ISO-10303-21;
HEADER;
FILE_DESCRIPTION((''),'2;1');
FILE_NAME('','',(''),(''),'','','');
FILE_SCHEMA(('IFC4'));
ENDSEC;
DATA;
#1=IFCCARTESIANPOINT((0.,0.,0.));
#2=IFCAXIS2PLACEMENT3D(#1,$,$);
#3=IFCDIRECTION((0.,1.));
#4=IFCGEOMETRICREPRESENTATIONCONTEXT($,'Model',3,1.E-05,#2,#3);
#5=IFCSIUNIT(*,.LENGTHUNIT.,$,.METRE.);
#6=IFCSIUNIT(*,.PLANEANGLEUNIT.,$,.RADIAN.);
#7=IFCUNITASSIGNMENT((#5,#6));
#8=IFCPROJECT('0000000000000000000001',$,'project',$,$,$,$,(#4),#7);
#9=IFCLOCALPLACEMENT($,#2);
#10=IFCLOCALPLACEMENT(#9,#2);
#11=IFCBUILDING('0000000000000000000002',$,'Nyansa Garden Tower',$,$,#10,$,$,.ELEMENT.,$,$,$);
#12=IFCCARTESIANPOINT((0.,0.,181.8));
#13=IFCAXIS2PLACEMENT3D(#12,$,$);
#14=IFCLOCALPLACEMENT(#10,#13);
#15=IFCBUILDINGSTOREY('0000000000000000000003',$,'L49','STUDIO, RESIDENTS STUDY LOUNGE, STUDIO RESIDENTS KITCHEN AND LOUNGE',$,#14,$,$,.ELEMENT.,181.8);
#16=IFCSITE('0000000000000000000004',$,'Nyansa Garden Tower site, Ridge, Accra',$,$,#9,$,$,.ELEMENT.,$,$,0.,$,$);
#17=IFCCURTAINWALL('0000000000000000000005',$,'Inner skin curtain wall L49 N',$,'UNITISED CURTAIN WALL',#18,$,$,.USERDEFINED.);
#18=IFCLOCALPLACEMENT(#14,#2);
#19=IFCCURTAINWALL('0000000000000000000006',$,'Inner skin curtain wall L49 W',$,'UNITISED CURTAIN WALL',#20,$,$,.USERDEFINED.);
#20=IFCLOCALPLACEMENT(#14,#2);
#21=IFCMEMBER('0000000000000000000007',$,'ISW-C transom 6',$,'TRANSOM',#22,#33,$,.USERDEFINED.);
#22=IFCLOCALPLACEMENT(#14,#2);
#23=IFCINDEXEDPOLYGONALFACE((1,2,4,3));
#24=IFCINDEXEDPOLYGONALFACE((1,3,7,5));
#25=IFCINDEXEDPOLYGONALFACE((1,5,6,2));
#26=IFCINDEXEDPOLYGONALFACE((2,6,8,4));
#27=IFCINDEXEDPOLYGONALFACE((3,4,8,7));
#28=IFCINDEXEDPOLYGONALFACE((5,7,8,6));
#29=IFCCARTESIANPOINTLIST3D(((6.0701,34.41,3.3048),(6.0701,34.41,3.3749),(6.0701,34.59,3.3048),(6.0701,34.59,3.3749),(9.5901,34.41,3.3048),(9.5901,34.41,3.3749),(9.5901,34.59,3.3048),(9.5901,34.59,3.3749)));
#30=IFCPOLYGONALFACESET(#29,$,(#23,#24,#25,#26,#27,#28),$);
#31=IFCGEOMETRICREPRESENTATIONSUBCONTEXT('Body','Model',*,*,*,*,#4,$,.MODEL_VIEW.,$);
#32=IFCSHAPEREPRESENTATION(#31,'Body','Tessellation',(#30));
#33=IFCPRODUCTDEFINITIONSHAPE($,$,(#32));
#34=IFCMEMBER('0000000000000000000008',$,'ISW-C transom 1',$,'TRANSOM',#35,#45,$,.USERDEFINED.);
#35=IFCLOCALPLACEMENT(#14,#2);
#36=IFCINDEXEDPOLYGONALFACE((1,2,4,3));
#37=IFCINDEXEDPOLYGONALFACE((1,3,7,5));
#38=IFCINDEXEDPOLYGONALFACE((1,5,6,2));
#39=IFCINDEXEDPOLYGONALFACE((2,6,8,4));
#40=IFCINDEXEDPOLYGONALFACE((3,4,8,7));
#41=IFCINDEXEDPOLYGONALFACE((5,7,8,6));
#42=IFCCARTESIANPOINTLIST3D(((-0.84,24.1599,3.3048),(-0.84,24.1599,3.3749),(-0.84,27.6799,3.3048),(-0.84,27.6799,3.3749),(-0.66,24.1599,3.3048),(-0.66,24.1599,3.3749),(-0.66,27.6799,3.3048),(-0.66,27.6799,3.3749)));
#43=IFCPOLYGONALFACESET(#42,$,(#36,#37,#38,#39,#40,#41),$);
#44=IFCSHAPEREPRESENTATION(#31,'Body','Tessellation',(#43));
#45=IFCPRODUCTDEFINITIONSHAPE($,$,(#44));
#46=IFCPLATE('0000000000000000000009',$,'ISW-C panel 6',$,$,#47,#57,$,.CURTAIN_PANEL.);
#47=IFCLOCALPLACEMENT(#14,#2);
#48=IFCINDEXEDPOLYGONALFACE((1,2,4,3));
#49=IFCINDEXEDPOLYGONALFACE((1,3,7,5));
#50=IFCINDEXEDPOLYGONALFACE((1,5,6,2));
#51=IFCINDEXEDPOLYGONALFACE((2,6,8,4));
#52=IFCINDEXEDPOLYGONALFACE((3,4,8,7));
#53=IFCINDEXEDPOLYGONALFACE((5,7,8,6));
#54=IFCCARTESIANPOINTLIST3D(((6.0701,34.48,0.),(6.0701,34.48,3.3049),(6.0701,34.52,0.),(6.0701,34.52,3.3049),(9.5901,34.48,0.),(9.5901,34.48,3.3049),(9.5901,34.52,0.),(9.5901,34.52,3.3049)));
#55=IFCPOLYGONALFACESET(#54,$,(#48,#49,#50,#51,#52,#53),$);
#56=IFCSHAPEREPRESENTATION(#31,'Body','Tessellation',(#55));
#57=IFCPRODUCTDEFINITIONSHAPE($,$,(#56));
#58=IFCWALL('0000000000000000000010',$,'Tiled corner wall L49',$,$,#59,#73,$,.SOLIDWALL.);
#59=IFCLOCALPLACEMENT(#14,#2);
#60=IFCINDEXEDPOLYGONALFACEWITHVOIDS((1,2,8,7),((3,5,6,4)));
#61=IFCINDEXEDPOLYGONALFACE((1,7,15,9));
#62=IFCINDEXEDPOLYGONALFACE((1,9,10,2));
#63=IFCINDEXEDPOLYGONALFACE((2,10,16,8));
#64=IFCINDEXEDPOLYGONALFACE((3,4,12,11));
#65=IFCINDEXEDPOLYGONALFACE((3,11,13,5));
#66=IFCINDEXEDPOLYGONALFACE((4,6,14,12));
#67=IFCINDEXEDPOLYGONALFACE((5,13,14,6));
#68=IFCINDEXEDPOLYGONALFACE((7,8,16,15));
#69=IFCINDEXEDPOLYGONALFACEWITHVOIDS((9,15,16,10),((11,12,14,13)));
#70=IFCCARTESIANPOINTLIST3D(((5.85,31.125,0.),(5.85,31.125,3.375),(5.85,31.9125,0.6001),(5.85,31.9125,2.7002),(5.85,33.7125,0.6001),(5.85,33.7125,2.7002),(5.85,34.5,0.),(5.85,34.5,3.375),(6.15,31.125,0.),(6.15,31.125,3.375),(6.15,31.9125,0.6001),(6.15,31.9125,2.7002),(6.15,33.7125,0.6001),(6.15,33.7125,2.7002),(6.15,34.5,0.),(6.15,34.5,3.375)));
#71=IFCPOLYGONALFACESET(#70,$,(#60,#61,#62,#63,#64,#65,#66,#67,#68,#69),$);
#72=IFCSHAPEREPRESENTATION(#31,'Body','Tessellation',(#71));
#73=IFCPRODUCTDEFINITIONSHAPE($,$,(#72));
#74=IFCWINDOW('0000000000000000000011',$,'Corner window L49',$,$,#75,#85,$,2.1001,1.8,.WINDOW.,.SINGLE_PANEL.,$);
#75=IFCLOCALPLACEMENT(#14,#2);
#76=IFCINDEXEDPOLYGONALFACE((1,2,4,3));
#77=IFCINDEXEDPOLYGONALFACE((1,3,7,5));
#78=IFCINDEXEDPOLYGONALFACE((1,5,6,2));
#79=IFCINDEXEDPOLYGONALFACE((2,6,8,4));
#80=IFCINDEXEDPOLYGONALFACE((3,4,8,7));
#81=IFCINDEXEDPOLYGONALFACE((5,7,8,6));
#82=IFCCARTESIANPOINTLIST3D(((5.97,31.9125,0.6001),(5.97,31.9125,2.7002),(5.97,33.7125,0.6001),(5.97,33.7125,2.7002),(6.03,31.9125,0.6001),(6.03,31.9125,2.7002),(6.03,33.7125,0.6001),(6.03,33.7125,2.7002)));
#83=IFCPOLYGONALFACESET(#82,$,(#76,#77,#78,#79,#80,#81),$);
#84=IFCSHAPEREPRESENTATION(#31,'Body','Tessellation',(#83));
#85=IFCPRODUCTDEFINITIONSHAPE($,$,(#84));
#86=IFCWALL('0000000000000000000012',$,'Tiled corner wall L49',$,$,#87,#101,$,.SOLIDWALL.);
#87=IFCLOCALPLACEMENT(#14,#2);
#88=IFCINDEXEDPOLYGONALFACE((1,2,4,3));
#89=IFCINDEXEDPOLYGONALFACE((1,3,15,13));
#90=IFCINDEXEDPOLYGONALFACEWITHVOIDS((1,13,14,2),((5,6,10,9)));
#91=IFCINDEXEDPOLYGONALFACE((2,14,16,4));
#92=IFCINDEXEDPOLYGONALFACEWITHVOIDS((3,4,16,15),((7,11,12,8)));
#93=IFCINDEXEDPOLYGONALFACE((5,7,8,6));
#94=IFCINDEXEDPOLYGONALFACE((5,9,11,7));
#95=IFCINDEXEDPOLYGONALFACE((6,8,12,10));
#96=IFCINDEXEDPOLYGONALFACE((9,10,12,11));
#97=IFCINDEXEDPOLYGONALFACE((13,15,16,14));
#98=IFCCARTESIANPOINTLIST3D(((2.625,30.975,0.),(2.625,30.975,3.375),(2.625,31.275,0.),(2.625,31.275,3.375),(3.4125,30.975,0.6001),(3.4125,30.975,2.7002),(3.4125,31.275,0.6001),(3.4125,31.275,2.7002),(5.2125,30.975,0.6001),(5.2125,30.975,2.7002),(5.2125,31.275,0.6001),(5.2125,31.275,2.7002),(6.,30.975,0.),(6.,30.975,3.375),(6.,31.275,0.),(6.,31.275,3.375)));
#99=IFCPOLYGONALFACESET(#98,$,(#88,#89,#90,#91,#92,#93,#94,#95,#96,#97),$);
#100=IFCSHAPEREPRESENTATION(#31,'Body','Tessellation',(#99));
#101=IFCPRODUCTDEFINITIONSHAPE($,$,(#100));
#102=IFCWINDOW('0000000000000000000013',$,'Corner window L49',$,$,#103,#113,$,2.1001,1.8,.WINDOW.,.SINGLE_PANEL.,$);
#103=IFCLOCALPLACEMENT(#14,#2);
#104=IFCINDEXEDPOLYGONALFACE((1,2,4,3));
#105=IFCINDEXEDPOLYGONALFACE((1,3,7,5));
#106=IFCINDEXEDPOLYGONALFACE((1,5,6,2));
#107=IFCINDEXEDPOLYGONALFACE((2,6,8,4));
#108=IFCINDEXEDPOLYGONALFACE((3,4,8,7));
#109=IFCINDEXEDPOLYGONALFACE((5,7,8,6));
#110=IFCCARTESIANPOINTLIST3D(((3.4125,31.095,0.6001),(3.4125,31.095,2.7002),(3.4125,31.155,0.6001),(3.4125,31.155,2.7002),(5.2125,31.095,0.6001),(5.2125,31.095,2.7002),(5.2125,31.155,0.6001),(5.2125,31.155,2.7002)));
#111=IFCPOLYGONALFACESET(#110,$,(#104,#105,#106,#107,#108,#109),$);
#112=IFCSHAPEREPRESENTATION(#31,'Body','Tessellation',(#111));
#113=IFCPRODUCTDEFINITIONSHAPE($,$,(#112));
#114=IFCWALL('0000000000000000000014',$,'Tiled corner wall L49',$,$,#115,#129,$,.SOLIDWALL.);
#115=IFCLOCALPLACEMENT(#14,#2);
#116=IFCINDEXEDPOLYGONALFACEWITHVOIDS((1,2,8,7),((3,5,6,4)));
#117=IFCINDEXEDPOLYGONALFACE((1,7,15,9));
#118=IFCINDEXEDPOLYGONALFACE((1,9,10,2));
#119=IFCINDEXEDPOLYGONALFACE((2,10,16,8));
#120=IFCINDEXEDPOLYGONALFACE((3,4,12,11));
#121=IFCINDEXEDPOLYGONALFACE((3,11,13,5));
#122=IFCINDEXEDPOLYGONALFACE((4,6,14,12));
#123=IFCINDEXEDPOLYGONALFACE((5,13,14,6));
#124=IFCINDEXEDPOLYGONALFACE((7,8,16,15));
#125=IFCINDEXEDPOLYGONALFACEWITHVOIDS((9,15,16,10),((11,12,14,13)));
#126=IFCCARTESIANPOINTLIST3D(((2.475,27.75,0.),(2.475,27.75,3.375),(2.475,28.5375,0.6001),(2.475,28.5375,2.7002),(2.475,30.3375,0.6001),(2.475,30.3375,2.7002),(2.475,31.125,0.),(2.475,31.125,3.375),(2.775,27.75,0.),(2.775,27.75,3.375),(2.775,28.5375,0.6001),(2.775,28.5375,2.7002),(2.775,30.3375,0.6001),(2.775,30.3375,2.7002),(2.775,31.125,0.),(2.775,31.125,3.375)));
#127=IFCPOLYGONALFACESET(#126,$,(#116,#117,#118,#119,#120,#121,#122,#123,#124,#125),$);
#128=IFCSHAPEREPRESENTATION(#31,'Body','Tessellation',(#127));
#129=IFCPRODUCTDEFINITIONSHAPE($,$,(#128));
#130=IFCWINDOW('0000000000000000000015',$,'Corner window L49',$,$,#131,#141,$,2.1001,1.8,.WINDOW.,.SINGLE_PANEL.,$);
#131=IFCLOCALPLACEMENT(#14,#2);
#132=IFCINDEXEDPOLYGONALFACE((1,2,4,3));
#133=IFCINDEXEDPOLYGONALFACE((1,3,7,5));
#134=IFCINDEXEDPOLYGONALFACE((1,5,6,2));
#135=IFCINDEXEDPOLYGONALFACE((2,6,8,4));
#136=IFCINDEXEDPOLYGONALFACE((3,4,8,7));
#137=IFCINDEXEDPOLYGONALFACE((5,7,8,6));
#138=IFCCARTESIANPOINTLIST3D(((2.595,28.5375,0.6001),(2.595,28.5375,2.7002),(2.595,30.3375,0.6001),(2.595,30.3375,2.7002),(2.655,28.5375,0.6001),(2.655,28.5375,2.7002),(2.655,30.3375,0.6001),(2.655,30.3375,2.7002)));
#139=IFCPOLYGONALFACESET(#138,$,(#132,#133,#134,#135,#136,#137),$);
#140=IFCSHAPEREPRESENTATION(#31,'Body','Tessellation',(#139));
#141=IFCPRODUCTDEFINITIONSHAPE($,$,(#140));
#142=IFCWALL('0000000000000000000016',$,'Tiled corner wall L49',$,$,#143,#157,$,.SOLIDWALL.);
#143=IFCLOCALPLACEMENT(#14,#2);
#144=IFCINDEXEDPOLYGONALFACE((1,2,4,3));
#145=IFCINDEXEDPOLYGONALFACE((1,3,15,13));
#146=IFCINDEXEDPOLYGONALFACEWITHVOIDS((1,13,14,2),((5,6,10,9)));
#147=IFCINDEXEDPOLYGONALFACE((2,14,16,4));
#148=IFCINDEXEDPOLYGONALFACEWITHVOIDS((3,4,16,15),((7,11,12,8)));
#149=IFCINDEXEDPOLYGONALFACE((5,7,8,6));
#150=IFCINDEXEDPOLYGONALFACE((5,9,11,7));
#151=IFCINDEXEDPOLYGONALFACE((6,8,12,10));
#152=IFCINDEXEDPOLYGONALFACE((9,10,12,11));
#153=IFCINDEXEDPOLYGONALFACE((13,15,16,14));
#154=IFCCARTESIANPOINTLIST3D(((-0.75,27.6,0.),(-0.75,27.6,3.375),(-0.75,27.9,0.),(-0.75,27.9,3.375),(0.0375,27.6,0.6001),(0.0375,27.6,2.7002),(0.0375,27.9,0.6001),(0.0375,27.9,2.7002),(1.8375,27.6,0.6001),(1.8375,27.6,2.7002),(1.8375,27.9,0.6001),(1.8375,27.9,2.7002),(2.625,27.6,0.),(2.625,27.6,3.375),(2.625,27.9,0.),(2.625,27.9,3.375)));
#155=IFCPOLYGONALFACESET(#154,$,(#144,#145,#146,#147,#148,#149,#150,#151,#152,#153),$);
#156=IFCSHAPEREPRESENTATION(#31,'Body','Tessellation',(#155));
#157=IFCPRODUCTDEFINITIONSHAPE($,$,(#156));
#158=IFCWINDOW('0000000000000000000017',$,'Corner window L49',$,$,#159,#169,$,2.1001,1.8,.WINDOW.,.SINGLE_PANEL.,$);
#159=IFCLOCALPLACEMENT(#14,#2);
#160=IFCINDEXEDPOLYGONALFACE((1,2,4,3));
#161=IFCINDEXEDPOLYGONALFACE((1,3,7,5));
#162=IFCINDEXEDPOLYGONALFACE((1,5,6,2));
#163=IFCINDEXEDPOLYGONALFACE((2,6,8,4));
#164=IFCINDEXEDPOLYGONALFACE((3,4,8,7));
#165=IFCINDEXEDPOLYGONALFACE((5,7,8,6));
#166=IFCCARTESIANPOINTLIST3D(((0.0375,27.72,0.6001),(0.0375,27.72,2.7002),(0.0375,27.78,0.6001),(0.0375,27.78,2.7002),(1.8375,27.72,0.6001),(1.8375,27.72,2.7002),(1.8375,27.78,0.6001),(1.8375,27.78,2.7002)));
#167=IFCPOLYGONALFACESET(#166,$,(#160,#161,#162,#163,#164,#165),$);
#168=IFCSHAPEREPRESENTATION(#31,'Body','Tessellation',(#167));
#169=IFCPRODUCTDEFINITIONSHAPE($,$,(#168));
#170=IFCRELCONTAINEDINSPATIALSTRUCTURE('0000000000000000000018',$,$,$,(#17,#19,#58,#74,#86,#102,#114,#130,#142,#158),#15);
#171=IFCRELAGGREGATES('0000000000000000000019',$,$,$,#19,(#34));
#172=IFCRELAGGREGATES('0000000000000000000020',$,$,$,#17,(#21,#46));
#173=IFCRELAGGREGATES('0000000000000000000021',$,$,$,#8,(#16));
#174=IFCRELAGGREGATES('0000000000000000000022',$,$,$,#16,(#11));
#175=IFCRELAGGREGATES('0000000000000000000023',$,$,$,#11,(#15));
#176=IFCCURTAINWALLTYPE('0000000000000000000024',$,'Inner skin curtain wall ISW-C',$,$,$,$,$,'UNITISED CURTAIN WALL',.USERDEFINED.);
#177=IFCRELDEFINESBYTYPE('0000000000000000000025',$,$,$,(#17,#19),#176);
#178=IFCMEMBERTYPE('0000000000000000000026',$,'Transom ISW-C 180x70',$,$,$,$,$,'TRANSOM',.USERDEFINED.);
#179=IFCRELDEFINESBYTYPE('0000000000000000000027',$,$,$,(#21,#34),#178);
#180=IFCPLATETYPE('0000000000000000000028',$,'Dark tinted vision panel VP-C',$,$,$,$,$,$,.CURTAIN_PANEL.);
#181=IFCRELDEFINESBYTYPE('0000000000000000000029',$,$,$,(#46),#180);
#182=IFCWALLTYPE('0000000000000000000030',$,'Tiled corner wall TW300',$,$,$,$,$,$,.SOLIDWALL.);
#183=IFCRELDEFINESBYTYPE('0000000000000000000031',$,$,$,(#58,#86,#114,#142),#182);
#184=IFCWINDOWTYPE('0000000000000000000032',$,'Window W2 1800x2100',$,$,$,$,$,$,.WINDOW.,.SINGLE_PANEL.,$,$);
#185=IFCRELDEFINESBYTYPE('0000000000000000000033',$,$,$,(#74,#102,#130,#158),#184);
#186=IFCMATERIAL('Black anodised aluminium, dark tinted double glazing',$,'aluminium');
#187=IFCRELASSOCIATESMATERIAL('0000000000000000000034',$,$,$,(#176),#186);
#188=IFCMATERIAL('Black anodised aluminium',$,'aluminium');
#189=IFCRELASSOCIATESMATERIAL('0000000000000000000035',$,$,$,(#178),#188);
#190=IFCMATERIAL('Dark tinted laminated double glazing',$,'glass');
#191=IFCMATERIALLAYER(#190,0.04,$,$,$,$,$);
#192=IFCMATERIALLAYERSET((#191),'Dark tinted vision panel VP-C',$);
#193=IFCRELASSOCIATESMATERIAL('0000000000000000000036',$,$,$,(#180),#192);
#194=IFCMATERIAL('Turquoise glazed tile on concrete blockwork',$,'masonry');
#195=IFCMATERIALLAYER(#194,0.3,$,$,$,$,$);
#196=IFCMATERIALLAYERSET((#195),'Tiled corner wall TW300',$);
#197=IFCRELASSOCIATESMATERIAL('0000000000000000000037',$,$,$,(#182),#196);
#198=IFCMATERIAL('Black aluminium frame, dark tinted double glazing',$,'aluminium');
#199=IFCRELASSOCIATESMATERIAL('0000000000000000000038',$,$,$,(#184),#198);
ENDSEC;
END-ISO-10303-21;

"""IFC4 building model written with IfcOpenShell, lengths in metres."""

from ifc_helpers import new_model, si_unit, direction, frame, frame_2d, origin, origin_2d, place, context, subcontext, project, spatial, rectangle, extrude, material, layer, layer_set, material_profile, profile_set, type_object, element, fill, aggregate, save


model = new_model("IFC4")

# Units and contexts
model_context = context("Model", 3, precision=1e-05, world=origin(), true_north=direction((0.0, 1.0)))
body_context = subcontext(model_context, "Body", "Model", "MODEL_VIEW")
ifc_project = project(units=[si_unit("LENGTHUNIT", "METRE"), si_unit("PLANEANGLEUNIT", "RADIAN")], contexts=[model_context])

# Site, building, storey
site_placement = place(None, origin())
site = spatial("IfcSite", under=ifc_project, at=site_placement, Name="Nyansa Garden Tower site, Ridge, Accra", CompositionType="ELEMENT", RefElevation=0.0)
building_placement = place(site_placement, origin())
building = spatial("IfcBuilding", under=site, at=building_placement, Name="Nyansa Garden Tower", CompositionType="ELEMENT")
storey_placement = place(building_placement, frame((0.0, 0.0, 181.8)))
storey = spatial("IfcBuildingStorey", under=building, at=storey_placement, Name="L49", Description="STUDIO, RESIDENTS STUDY LOUNGE, STUDIO RESIDENTS KITCHEN AND LOUNGE", CompositionType="ELEMENT", Elevation=181.8)

# Curtain wall
ifc_material_1 = material(Name="Black anodised aluminium, dark tinted double glazing", Category="aluminium")
curtain_wall_type = type_object("IfcCurtainWallType", Name="Inner skin curtain wall ISW-C", ElementType="UNITISED CURTAIN WALL", PredefinedType="USERDEFINED", material=ifc_material_1)
curtain_wall_1_placement = place(storey_placement, origin())
curtain_wall_1 = element("IfcCurtainWall", 1, at=curtain_wall_1_placement, inside=storey, type_object=curtain_wall_type, Name="Inner skin curtain wall L49 N", ObjectType="UNITISED CURTAIN WALL", PredefinedType="USERDEFINED")

# Curtain wall
curtain_wall_2_placement = place(storey_placement, origin())
curtain_wall_2 = element("IfcCurtainWall", 2, at=curtain_wall_2_placement, inside=storey, type_object=curtain_wall_type, Name="Inner skin curtain wall L49 W", ObjectType="UNITISED CURTAIN WALL", PredefinedType="USERDEFINED")

# Members
ifc_material_2 = material(Name="Black anodised aluminium", Category="aluminium")
ifc_material_profile_1 = material_profile(ifc_material_2, rectangle(XDim=0.1799, YDim=0.0701, at=origin_2d()), Name="Transom 180x70")
ifc_profile_set_1 = profile_set([ifc_material_profile_1], Name="Black anodised aluminium")
member_type_1 = type_object("IfcMemberType", Name="Transom ISW-C 180x70", ElementType="TRANSOM", PredefinedType="USERDEFINED", material=ifc_profile_set_1)
member_1_placement = place(storey_placement, frame((9.5901, 34.5, 3.3398), z_axis=(-1.0, 0.0, 0.0), x_axis=(0.0, -1.0, 0.0)))
member_1 = element("IfcMember", 3, at=member_1_placement, type_object=member_type_1, Name="ISW-C transom 6", ObjectType="TRANSOM", PredefinedType="USERDEFINED", context=body_context, shape_type="SweptSolid", body=[
    extrude(rectangle(XDim=0.1799, YDim=0.0701, at=origin_2d()), origin(), (0.0, 0.0, 1.0), 3.52),
])
member_2_placement = place(storey_placement, frame((-0.75, 27.6799, 3.3398), z_axis=(0.0, -1.0, 0.0), x_axis=(1.0, 0.0, 0.0)))
member_2 = element("IfcMember", 4, at=member_2_placement, type_object=member_type_1, Name="ISW-C transom 1", ObjectType="TRANSOM", PredefinedType="USERDEFINED", context=body_context, shape_type="SweptSolid", body=[
    extrude(rectangle(XDim=0.1799, YDim=0.0701, at=origin_2d()), origin(), (0.0, 0.0, 1.0), 3.52),
])
aggregate(curtain_wall_2, [member_2])

# Plate
ifc_material_3 = material(Name="Dark tinted laminated double glazing", Category="glass")
ifc_layer_1 = layer(ifc_material_3, 0.04)
ifc_layer_set_1 = layer_set([ifc_layer_1], Name="Dark tinted vision panel VP-C")
plate_type = type_object("IfcPlateType", Name="Dark tinted vision panel VP-C", PredefinedType="CURTAIN_PANEL", material=ifc_layer_set_1)
plate_placement = place(storey_placement, frame((7.8301, 34.5, 0.0), z_axis=(0.0, 0.0, 1.0), x_axis=(-1.0, 0.0, 0.0)))
plate = element("IfcPlate", 5, at=plate_placement, type_object=plate_type, Name="ISW-C panel 6", PredefinedType="CURTAIN_PANEL", context=body_context, shape_type="SweptSolid", body=[
    extrude(rectangle(XDim=3.52, YDim=0.04, at=origin_2d()), origin(), (0.0, 0.0, 1.0), 3.3049),
])
aggregate(curtain_wall_1, [member_1, plate])

# Walls, openings, windows
ifc_material_4 = material(Name="Turquoise glazed tile on concrete blockwork", Category="masonry")
ifc_layer_2 = layer(ifc_material_4, 0.3)
ifc_layer_set_2 = layer_set([ifc_layer_2], Name="Tiled corner wall TW300")
wall_type_1 = type_object("IfcWallType", Name="Tiled corner wall TW300", PredefinedType="SOLIDWALL", material=ifc_layer_set_2)
wall_1_placement = place(storey_placement, frame((6.0, 34.5, 0.0), z_axis=(0.0, 0.0, 1.0), x_axis=(0.0, -1.0, 0.0)))
wall_1 = element("IfcWall", 6, at=wall_1_placement, inside=storey, type_object=wall_type_1, Name="Tiled corner wall L49", PredefinedType="SOLIDWALL", context=body_context, shape_type="SweptSolid", body=[
    extrude(rectangle(XDim=3.375, YDim=0.3, at=frame_2d((1.6875, 0.0))), origin(), (0.0, 0.0, 1.0), 3.375),
])
opening_1_placement = place(wall_1_placement, frame((0.7876, 0.0, 0.6001)))
opening_1 = element("IfcOpeningElement", 7, at=opening_1_placement, cuts=wall_1, PredefinedType="OPENING", context=body_context, shape_type="SweptSolid", body=[
    extrude(rectangle(XDim=1.8, YDim=2.1001, at=frame_2d((0.8999, 1.05))), frame((0.0, 0.1599, 0.0), z_axis=(0.0, -1.0, 0.0), x_axis=(1.0, 0.0, 0.0)), (0.0, 0.0, 1.0), 0.3201),
])
ifc_material_5 = material(Name="Black aluminium frame, dark tinted double glazing", Category="aluminium")
window_type = type_object("IfcWindowType", Name="Window W2 1800x2100", PartitioningType="SINGLE_PANEL", PredefinedType="WINDOW", material=ifc_material_5)
window_1_placement = place(opening_1_placement, origin())
window_1 = element("IfcWindow", 8, at=window_1_placement, inside=storey, type_object=window_type, Name="Corner window L49", OverallHeight=2.1001, OverallWidth=1.8, PartitioningType="SINGLE_PANEL", PredefinedType="WINDOW", context=body_context, shape_type="SweptSolid", body=[
    extrude(rectangle(XDim=1.8, YDim=2.1001, at=frame_2d((0.8999, 1.05))), frame((0.0, 0.03, 0.0), z_axis=(0.0, -1.0, 0.0), x_axis=(1.0, 0.0, 0.0)), (0.0, 0.0, 1.0), 0.0601),
])
fill(opening_1, window_1)
wall_2_placement = place(storey_placement, frame((6.0, 31.125, 0.0), z_axis=(0.0, 0.0, 1.0), x_axis=(-1.0, 0.0, 0.0)))
wall_2 = element("IfcWall", 9, at=wall_2_placement, inside=storey, type_object=wall_type_1, Name="Tiled corner wall L49", PredefinedType="SOLIDWALL", context=body_context, shape_type="SweptSolid", body=[
    extrude(rectangle(XDim=3.375, YDim=0.3, at=frame_2d((1.6875, 0.0))), origin(), (0.0, 0.0, 1.0), 3.375),
])
opening_2_placement = place(wall_2_placement, frame((0.7876, 0.0, 0.6001)))
opening_2 = element("IfcOpeningElement", 10, at=opening_2_placement, cuts=wall_2, PredefinedType="OPENING", context=body_context, shape_type="SweptSolid", body=[
    extrude(rectangle(XDim=1.8, YDim=2.1001, at=frame_2d((0.8999, 1.05))), frame((0.0, 0.1599, 0.0), z_axis=(0.0, -1.0, 0.0), x_axis=(1.0, 0.0, 0.0)), (0.0, 0.0, 1.0), 0.3201),
])
window_2_placement = place(opening_2_placement, origin())
window_2 = element("IfcWindow", 11, at=window_2_placement, inside=storey, type_object=window_type, Name="Corner window L49", OverallHeight=2.1001, OverallWidth=1.8, PartitioningType="SINGLE_PANEL", PredefinedType="WINDOW", context=body_context, shape_type="SweptSolid", body=[
    extrude(rectangle(XDim=1.8, YDim=2.1001, at=frame_2d((0.8999, 1.05))), frame((0.0, 0.03, 0.0), z_axis=(0.0, -1.0, 0.0), x_axis=(1.0, 0.0, 0.0)), (0.0, 0.0, 1.0), 0.0601),
])
fill(opening_2, window_2)
wall_3_placement = place(storey_placement, frame((2.625, 31.125, 0.0), z_axis=(0.0, 0.0, 1.0), x_axis=(0.0, -1.0, 0.0)))
wall_3 = element("IfcWall", 12, at=wall_3_placement, inside=storey, type_object=wall_type_1, Name="Tiled corner wall L49", PredefinedType="SOLIDWALL", context=body_context, shape_type="SweptSolid", body=[
    extrude(rectangle(XDim=3.375, YDim=0.3, at=frame_2d((1.6875, 0.0))), origin(), (0.0, 0.0, 1.0), 3.375),
])
opening_3_placement = place(wall_3_placement, frame((0.7876, 0.0, 0.6001)))
opening_3 = element("IfcOpeningElement", 13, at=opening_3_placement, cuts=wall_3, PredefinedType="OPENING", context=body_context, shape_type="SweptSolid", body=[
    extrude(rectangle(XDim=1.8, YDim=2.1001, at=frame_2d((0.8999, 1.05))), frame((0.0, 0.1599, 0.0), z_axis=(0.0, -1.0, 0.0), x_axis=(1.0, 0.0, 0.0)), (0.0, 0.0, 1.0), 0.3201),
])
window_3_placement = place(opening_3_placement, origin())
window_3 = element("IfcWindow", 14, at=window_3_placement, inside=storey, type_object=window_type, Name="Corner window L49", OverallHeight=2.1001, OverallWidth=1.8, PartitioningType="SINGLE_PANEL", PredefinedType="WINDOW", context=body_context, shape_type="SweptSolid", body=[
    extrude(rectangle(XDim=1.8, YDim=2.1001, at=frame_2d((0.8999, 1.05))), frame((0.0, 0.03, 0.0), z_axis=(0.0, -1.0, 0.0), x_axis=(1.0, 0.0, 0.0)), (0.0, 0.0, 1.0), 0.0601),
])
fill(opening_3, window_3)
wall_4_placement = place(storey_placement, frame((2.625, 27.75, 0.0), z_axis=(0.0, 0.0, 1.0), x_axis=(-1.0, 0.0, 0.0)))
wall_4 = element("IfcWall", 15, at=wall_4_placement, inside=storey, type_object=wall_type_1, Name="Tiled corner wall L49", PredefinedType="SOLIDWALL", context=body_context, shape_type="SweptSolid", body=[
    extrude(rectangle(XDim=3.375, YDim=0.3, at=frame_2d((1.6875, 0.0))), origin(), (0.0, 0.0, 1.0), 3.375),
])
opening_4_placement = place(wall_4_placement, frame((0.7876, 0.0, 0.6001)))
opening_4 = element("IfcOpeningElement", 16, at=opening_4_placement, cuts=wall_4, PredefinedType="OPENING", context=body_context, shape_type="SweptSolid", body=[
    extrude(rectangle(XDim=1.8, YDim=2.1001, at=frame_2d((0.8999, 1.05))), frame((0.0, 0.1599, 0.0), z_axis=(0.0, -1.0, 0.0), x_axis=(1.0, 0.0, 0.0)), (0.0, 0.0, 1.0), 0.3201),
])
window_4_placement = place(opening_4_placement, origin())
window_4 = element("IfcWindow", 17, at=window_4_placement, inside=storey, type_object=window_type, Name="Corner window L49", OverallHeight=2.1001, OverallWidth=1.8, PartitioningType="SINGLE_PANEL", PredefinedType="WINDOW", context=body_context, shape_type="SweptSolid", body=[
    extrude(rectangle(XDim=1.8, YDim=2.1001, at=frame_2d((0.8999, 1.05))), frame((0.0, 0.03, 0.0), z_axis=(0.0, -1.0, 0.0), x_axis=(1.0, 0.0, 0.0)), (0.0, 0.0, 1.0), 0.0601),
])
fill(opening_4, window_4)

save(model, "model.ifc")
